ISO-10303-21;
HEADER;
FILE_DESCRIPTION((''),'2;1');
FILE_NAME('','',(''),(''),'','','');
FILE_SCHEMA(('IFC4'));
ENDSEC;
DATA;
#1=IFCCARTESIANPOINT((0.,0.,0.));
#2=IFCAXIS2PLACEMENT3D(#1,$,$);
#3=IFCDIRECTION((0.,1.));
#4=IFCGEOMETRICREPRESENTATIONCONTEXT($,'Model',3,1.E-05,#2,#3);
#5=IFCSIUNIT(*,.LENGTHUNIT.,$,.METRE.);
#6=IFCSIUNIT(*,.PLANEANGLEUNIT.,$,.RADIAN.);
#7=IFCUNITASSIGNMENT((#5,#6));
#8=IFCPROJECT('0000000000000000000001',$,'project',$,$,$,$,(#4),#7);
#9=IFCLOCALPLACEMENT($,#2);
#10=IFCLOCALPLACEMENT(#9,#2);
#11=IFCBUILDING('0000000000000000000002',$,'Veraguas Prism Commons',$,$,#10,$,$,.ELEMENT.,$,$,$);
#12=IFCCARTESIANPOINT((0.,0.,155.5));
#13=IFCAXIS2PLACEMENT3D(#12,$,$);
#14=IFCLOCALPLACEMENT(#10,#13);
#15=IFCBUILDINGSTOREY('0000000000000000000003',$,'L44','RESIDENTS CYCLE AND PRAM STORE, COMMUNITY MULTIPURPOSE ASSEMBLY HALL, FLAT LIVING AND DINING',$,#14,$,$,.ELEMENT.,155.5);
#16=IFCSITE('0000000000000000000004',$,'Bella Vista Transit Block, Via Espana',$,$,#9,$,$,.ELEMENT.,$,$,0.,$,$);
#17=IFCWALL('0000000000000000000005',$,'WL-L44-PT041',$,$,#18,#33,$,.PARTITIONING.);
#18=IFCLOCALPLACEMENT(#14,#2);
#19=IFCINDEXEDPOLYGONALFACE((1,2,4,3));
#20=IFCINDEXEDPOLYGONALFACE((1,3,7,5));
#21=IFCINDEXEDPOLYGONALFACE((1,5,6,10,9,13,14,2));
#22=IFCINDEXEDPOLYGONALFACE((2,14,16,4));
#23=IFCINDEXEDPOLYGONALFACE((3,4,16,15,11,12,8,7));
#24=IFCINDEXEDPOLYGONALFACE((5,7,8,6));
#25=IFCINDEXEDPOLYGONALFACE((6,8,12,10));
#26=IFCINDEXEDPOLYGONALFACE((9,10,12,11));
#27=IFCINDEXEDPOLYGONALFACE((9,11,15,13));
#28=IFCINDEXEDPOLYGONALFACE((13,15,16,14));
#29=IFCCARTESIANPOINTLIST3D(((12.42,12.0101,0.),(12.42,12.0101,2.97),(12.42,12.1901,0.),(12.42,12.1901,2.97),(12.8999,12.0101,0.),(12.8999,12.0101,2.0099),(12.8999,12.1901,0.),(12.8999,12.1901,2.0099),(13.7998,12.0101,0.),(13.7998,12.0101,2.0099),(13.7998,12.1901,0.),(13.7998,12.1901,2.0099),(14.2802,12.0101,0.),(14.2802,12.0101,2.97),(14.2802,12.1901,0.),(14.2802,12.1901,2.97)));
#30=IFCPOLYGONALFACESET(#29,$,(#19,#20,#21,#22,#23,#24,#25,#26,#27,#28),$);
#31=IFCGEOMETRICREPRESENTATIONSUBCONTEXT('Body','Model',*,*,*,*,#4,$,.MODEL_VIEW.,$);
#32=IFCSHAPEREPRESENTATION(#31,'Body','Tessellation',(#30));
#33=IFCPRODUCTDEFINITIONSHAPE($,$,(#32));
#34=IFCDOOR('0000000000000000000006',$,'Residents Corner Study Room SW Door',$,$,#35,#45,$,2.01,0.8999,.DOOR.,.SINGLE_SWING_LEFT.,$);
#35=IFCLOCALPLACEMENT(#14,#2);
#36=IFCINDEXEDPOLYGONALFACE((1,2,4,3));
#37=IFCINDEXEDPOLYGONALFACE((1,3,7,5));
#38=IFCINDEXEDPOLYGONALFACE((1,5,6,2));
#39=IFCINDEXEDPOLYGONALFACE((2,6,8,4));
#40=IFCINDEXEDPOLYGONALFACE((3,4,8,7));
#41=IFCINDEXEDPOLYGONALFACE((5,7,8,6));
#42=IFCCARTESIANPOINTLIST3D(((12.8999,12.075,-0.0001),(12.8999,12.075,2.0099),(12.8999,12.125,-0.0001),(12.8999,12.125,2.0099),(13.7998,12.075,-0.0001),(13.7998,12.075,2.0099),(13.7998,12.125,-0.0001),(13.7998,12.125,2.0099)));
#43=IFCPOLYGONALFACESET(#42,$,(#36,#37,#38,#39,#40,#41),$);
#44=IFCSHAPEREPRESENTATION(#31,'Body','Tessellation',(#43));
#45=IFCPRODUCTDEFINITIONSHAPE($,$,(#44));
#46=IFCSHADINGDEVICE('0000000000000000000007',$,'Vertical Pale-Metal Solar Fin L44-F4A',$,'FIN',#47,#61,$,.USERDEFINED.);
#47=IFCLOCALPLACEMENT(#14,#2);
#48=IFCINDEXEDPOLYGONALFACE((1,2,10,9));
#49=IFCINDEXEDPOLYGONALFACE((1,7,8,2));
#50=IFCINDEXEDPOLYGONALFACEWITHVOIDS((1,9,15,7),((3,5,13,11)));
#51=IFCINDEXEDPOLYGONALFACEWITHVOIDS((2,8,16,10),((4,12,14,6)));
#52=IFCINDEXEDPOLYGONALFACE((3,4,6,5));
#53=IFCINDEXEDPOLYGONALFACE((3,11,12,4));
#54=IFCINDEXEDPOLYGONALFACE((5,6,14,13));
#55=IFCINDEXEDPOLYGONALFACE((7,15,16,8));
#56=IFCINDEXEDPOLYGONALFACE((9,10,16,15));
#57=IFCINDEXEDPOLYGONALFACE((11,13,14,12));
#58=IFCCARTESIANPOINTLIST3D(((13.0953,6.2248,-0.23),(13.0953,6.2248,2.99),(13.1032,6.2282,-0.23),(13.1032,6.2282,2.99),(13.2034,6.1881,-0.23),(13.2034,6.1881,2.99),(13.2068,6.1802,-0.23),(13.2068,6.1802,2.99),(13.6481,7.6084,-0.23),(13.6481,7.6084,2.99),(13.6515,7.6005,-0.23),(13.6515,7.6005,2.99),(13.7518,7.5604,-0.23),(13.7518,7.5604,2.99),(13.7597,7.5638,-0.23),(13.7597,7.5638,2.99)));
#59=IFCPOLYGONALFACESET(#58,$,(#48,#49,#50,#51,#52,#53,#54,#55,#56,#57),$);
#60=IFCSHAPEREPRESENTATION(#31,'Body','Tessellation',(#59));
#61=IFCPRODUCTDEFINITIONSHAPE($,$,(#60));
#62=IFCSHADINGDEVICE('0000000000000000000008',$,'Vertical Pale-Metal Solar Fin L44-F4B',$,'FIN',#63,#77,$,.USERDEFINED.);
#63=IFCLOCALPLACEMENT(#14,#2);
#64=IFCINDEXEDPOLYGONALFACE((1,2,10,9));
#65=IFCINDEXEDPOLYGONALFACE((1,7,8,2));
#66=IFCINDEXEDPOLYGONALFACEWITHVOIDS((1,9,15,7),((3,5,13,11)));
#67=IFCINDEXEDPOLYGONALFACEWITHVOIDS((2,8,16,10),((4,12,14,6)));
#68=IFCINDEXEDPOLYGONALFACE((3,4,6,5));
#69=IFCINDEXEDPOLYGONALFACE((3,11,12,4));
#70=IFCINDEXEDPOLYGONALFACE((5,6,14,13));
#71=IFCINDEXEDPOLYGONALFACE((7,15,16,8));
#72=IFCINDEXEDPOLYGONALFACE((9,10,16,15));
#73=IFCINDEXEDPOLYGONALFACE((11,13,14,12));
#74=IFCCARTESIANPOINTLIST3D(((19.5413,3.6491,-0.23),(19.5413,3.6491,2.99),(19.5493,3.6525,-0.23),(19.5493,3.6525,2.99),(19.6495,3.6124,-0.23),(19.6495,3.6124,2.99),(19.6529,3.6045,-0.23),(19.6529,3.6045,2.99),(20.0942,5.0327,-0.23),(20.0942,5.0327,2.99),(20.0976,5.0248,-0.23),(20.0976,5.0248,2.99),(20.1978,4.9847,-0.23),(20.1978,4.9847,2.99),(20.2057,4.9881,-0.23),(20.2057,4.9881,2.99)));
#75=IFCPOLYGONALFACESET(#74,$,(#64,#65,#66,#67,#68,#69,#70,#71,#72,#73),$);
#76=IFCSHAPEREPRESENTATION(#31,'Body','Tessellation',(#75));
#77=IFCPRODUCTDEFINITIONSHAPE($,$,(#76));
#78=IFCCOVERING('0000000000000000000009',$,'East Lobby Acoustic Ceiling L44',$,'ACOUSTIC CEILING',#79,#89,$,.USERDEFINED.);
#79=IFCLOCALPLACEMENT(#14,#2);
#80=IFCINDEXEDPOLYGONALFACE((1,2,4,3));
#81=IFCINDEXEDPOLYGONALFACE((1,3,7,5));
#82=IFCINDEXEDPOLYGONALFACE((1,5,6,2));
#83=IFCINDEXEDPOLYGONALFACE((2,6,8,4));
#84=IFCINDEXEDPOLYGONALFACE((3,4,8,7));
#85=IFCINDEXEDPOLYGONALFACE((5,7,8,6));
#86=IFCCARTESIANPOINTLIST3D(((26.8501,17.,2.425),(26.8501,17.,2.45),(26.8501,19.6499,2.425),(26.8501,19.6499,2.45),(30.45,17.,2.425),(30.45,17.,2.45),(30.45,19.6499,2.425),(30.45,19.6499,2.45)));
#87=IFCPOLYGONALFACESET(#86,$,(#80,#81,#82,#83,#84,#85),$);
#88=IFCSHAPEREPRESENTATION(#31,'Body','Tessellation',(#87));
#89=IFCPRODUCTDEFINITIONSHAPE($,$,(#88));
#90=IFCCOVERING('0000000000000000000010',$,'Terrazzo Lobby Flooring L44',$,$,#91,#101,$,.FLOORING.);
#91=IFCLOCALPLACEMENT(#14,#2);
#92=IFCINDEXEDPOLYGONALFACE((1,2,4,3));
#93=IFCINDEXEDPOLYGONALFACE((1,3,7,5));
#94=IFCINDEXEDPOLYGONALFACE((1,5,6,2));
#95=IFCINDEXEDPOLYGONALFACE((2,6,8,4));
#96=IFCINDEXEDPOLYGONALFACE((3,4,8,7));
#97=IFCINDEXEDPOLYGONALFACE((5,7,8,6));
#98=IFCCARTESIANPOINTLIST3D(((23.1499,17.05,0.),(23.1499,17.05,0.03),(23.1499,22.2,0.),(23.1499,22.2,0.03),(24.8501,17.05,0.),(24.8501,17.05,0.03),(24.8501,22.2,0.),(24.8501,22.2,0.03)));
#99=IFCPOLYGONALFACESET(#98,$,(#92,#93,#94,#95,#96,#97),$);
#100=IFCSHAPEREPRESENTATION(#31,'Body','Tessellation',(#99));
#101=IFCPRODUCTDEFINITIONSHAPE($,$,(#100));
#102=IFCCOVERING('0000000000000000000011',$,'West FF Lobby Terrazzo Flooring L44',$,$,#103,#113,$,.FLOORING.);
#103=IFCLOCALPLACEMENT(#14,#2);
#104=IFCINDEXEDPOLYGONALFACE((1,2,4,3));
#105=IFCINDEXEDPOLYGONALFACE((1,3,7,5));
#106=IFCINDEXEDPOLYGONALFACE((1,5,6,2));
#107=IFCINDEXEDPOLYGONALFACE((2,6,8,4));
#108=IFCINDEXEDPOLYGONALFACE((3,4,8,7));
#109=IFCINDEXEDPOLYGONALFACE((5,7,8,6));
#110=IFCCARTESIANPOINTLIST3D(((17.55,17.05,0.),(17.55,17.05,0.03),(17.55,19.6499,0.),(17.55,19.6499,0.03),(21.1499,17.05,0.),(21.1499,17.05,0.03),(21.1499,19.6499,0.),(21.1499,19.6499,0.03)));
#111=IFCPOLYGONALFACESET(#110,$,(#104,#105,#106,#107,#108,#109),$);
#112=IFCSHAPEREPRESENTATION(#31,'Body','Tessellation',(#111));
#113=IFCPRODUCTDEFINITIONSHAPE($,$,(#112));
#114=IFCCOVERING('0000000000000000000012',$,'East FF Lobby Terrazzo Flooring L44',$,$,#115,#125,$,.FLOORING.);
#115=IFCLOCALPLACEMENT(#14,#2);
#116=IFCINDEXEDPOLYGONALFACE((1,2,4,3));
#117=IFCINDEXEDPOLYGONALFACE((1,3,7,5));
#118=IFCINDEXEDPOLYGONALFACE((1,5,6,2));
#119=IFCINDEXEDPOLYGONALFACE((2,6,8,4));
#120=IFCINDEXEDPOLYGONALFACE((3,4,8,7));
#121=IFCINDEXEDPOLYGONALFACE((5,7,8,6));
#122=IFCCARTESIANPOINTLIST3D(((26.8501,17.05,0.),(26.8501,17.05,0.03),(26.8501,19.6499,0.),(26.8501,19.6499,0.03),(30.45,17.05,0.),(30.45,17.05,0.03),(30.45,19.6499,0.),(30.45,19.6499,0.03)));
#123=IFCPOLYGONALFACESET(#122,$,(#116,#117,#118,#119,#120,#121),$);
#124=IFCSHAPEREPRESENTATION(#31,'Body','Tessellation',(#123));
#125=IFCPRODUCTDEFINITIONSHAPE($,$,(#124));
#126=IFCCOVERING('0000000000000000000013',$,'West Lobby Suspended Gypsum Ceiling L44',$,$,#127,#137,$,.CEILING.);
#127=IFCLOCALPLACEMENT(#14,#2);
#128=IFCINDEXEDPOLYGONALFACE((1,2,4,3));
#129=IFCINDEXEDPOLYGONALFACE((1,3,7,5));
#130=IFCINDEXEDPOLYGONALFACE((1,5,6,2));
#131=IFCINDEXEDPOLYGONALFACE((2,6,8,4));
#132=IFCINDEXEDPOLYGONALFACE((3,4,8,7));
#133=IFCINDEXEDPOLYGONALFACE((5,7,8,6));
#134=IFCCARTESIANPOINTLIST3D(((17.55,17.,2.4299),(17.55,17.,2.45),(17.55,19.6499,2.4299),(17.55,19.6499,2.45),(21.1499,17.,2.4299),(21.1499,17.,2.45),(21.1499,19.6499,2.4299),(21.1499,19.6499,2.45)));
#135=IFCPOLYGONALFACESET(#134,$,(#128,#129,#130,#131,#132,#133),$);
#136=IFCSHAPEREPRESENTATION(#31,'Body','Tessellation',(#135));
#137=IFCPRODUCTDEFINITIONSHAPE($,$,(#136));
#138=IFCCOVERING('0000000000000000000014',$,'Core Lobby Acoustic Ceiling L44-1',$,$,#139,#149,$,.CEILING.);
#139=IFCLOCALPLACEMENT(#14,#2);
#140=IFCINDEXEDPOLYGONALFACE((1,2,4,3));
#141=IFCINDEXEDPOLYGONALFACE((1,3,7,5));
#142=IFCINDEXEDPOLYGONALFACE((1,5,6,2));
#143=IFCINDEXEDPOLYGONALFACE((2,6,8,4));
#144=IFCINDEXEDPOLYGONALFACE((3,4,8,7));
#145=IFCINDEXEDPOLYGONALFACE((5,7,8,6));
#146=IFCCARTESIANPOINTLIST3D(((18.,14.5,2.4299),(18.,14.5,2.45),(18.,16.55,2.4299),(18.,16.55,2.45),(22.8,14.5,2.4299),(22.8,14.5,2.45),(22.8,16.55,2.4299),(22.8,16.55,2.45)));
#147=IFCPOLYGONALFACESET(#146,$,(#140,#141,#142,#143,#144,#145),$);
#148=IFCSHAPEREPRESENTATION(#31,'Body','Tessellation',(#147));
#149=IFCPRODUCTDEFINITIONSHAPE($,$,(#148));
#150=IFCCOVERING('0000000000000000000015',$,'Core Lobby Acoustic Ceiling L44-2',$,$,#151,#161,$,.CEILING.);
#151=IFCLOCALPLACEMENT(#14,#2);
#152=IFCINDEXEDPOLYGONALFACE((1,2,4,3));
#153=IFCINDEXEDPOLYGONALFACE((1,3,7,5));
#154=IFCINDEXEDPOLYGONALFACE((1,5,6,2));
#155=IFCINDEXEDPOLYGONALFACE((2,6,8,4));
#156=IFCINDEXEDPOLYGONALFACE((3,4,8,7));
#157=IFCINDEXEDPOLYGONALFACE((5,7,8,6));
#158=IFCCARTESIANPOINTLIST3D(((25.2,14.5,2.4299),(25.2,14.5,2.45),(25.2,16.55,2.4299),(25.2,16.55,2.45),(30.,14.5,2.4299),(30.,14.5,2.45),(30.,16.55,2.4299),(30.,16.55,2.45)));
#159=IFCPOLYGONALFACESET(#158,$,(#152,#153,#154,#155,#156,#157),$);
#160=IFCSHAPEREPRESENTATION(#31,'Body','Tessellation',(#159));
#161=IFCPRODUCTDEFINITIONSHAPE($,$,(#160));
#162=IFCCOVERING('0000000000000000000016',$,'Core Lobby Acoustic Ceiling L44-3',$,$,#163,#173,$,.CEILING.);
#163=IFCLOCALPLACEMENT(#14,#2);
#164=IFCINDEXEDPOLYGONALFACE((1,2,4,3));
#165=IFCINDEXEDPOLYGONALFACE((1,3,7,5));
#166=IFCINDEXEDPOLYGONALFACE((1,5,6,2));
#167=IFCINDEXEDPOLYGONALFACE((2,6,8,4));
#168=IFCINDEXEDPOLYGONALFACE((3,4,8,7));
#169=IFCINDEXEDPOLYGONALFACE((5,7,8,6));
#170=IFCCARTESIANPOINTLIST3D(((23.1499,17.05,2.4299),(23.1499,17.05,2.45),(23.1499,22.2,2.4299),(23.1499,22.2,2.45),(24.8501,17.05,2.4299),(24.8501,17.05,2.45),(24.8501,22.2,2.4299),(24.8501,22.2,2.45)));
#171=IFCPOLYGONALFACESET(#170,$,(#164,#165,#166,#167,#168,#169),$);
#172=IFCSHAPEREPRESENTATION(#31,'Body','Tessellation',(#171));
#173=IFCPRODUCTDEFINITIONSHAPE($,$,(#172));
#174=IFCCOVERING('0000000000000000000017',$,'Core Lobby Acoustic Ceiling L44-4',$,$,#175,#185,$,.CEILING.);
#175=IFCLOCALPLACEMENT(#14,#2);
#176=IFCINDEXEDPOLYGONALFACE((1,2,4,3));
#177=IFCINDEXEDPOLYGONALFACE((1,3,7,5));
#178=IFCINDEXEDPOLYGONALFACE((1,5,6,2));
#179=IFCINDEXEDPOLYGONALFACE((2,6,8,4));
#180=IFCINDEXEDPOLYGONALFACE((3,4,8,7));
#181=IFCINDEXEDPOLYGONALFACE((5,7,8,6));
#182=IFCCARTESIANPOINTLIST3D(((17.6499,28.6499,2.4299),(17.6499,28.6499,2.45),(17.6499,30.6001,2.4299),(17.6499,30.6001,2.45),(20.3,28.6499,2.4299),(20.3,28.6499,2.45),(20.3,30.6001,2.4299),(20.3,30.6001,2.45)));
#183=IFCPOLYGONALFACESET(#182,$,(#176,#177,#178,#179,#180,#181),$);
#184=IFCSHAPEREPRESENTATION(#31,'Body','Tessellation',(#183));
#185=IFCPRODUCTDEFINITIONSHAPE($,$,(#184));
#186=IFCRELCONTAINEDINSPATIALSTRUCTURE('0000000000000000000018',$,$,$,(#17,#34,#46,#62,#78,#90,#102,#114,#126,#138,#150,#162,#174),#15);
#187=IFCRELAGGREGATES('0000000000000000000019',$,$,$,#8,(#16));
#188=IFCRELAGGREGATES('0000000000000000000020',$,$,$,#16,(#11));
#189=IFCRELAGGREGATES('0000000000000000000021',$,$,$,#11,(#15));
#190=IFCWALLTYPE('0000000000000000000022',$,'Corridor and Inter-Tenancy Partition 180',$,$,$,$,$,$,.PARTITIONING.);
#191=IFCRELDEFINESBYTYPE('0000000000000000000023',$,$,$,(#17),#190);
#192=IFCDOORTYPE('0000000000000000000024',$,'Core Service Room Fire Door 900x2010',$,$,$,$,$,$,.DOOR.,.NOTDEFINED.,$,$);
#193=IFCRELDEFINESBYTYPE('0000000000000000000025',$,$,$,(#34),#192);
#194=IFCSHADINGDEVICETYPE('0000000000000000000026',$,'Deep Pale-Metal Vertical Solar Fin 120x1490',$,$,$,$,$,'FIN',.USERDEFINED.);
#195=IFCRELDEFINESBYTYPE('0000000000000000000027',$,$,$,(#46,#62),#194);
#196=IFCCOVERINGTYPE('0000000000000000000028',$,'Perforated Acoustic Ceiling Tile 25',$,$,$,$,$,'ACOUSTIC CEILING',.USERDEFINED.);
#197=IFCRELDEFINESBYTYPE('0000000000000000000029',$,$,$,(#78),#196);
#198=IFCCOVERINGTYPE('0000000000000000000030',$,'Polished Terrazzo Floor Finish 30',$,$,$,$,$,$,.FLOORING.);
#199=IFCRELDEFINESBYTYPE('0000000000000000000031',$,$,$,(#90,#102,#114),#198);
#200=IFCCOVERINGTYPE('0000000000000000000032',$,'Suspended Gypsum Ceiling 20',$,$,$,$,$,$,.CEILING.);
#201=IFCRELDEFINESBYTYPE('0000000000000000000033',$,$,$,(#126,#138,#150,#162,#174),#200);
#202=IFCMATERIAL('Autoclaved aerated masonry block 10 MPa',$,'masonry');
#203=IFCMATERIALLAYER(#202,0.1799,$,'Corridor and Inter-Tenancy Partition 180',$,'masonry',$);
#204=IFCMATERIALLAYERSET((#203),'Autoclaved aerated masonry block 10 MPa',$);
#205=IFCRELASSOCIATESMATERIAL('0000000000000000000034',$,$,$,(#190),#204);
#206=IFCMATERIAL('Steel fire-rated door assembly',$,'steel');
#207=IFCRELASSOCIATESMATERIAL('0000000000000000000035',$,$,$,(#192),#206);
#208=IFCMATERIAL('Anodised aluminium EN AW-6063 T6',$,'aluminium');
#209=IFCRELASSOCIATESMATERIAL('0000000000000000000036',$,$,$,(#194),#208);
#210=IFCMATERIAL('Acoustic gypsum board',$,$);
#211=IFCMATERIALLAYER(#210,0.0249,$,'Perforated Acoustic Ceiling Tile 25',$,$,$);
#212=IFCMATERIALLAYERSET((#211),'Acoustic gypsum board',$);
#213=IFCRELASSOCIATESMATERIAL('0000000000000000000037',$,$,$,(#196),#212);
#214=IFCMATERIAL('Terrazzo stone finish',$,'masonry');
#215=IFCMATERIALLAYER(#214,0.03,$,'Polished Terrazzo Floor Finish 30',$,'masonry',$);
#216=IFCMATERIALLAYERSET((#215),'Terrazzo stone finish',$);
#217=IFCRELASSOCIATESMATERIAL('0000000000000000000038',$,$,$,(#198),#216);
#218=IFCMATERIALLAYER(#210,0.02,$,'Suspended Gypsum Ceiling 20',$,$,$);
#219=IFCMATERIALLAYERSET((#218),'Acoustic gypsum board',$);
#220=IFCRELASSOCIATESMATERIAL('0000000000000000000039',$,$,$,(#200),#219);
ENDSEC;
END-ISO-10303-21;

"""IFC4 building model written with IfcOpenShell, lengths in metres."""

from ifc_helpers import new_model, si_unit, direction, frame, frame_2d, origin, origin_2d, place, context, subcontext, project, spatial, polyline, rectangle, hollow_rectangle, outline, extrude, source, transform, mapped, material, layer, layer_set, material_profile, profile_set, type_object, element, fill, save


model = new_model("IFC4")

# Units and contexts
model_context = context("Model", 3, precision=1e-05, world=origin(), true_north=direction((0.0, 1.0)))
body_context = subcontext(model_context, "Body", "Model", "MODEL_VIEW")
ifc_project = project(units=[si_unit("LENGTHUNIT", "METRE"), si_unit("PLANEANGLEUNIT", "RADIAN")], contexts=[model_context])

# Site, building, storey
site_placement = place(None, origin())
site = spatial("IfcSite", under=ifc_project, at=site_placement, Name="Bella Vista Transit Block, Via Espana", CompositionType="ELEMENT", RefElevation=0.0)
building_placement = place(site_placement, origin())
building = spatial("IfcBuilding", under=site, at=building_placement, Name="Veraguas Prism Commons", CompositionType="ELEMENT")
storey_placement = place(building_placement, frame((0.0, 0.0, 155.5)))
storey = spatial("IfcBuildingStorey", under=building, at=storey_placement, Name="L44", Description="RESIDENTS CYCLE AND PRAM STORE, COMMUNITY MULTIPURPOSE ASSEMBLY HALL, FLAT LIVING AND DINING", CompositionType="ELEMENT", Elevation=155.5)

# Shared definitions
ifc_material_1 = material(Name="Anodised aluminium EN AW-6063 T6", Category="aluminium")

# Shared definitions
ifc_material_2 = material(Name="Autoclaved aerated masonry block 10 MPa", Category="masonry")
ifc_layer_1 = layer(ifc_material_2, 0.1799, Name="Corridor and Inter-Tenancy Partition 180", Category="masonry")
ifc_layer_set_1 = layer_set([ifc_layer_1], Name="Autoclaved aerated masonry block 10 MPa")
wall_type = type_object("IfcWallType", Name="Corridor and Inter-Tenancy Partition 180", PredefinedType="PARTITIONING", material=ifc_layer_set_1)

# Wall, opening, door
wall_1_placement = place(storey_placement, frame((12.4199, 12.1001, 0.0), z_axis=(0.0, 0.0, 1.0), x_axis=(1.0, 0.0, 0.0)))
wall_1 = element("IfcWall", 1, at=wall_1_placement, inside=storey, type_object=wall_type, Name="WL-L44-PT041", PredefinedType="PARTITIONING", context=body_context, shape_type="SweptSolid", body=[
    extrude(rectangle(XDim=1.8601, YDim=0.1799, at=frame_2d((0.9302, 0.0))), origin(), (0.0, 0.0, 1.0), 2.97),
])
opening_placement = place(wall_1_placement, frame((0.48, 0.0, 0.0)))
opening = element("IfcOpeningElement", 2, at=opening_placement, cuts=wall_1, PredefinedType="OPENING", context=body_context, shape_type="SweptSolid", body=[
    extrude(rectangle(XDim=0.8999, YDim=2.01, at=frame_2d((0.45, 1.0049))), frame((0.0, 0.0999, 0.0), z_axis=(0.0, -1.0, 0.0), x_axis=(1.0, 0.0, 0.0)), (0.0, 0.0, 1.0), 0.2),
])
ifc_material_3 = material(Name="Steel fire-rated door assembly", Category="steel")
door_type = type_object("IfcDoorType", Name="Core Service Room Fire Door 900x2010", OperationType="NOTDEFINED", PredefinedType="DOOR", material=ifc_material_3)
shared_shape_1 = source(origin(), body_context, "Body", "SweptSolid", [
    extrude(rectangle(XDim=0.8999, YDim=2.01, at=frame_2d((0.45, 1.0049))), frame((0.0, 0.0249, 0.0), z_axis=(0.0, -1.0, 0.0), x_axis=(1.0, 0.0, 0.0)), (0.0, 0.0, 1.0), 0.05),
])
door_placement = place(opening_placement, origin())
door = element("IfcDoor", 3, at=door_placement, inside=storey, type_object=door_type, Name="Residents Corner Study Room SW Door", OperationType="SINGLE_SWING_LEFT", OverallHeight=2.01, OverallWidth=0.8999, PredefinedType="DOOR", context=body_context, shape_type="MappedRepresentation", body=[
    mapped(shared_shape_1, transform((0.0, 0.0, 0.0), scale=1.0)),
])
fill(opening, door)

# Shading devices
ifc_material_profile_1 = material_profile(ifc_material_1, hollow_rectangle(XDim=0.1201, YDim=1.49, WallThickness=0.0061, at=origin_2d()), Name="FIN120X1490X6")
ifc_profile_set_1 = profile_set([ifc_material_profile_1], Name="Anodised aluminium EN AW-6063 T6")
shading_device_type = type_object("IfcShadingDeviceType", Name="Deep Pale-Metal Vertical Solar Fin 120x1490", ElementType="FIN", PredefinedType="USERDEFINED", material=ifc_profile_set_1)
for number, where, z_axis, x_axis, name in (
    (4, (13.4275, 6.8943, -0.23), (0.0, 0.0, 1.0), (0.928615, -0.371044, 0.0), "Vertical Pale-Metal Solar Fin L44-F4A"),
    (5, (19.8735, 4.3186, -0.23), (0.0, 0.0, 1.0), (0.928615, -0.371044, 0.0), "Vertical Pale-Metal Solar Fin L44-F4B"),
):
    element("IfcShadingDevice", number, at=place(storey_placement, frame(where, z_axis=z_axis, x_axis=x_axis)), inside=storey, type_object=shading_device_type, Name=name, ObjectType="FIN", PredefinedType="USERDEFINED", context=body_context, shape_type="SweptSolid", body=[
        extrude(hollow_rectangle(XDim=0.1201, YDim=1.49, WallThickness=0.0061, at=origin_2d()), origin(), (0.0, 0.0, 1.0), 3.22),
    ])

# Coverings
ifc_material_4 = material(Name="Acoustic gypsum board")
ifc_layer_2 = layer(ifc_material_4, 0.0249, Name="Perforated Acoustic Ceiling Tile 25")
ifc_layer_set_2 = layer_set([ifc_layer_2], Name="Acoustic gypsum board")
covering_type_1 = type_object("IfcCoveringType", Name="Perforated Acoustic Ceiling Tile 25", ElementType="ACOUSTIC CEILING", PredefinedType="USERDEFINED", material=ifc_layer_set_2)
covering_1_placement = place(storey_placement, frame((0.0, 0.0, 2.425)))
element("IfcCovering", 6, at=covering_1_placement, inside=storey, type_object=covering_type_1, Name="East Lobby Acoustic Ceiling L44", ObjectType="ACOUSTIC CEILING", PredefinedType="USERDEFINED", context=body_context, shape_type="SweptSolid", body=[
    extrude(outline(polyline([(26.8501, 17.0), (30.45, 17.0), (30.45, 19.6499), (26.8501, 19.6499), (26.8501, 17.0)])), origin(), (0.0, 0.0, 1.0), 0.0249),
])
ifc_material_5 = material(Name="Terrazzo stone finish", Category="masonry")
ifc_layer_3 = layer(ifc_material_5, 0.03, Name="Polished Terrazzo Floor Finish 30", Category="masonry")
ifc_layer_set_3 = layer_set([ifc_layer_3], Name="Terrazzo stone finish")
covering_type_2 = type_object("IfcCoveringType", Name="Polished Terrazzo Floor Finish 30", PredefinedType="FLOORING", material=ifc_layer_set_3)
covering_2_placement = place(storey_placement, origin())
element("IfcCovering", 7, at=covering_2_placement, inside=storey, type_object=covering_type_2, Name="Terrazzo Lobby Flooring L44", PredefinedType="FLOORING", context=body_context, shape_type="SweptSolid", body=[
    extrude(outline(polyline([(23.1499, 17.05), (24.8501, 17.05), (24.8501, 22.2), (23.1499, 22.2), (23.1499, 17.05)])), origin(), (0.0, 0.0, 1.0), 0.03),
])
covering_3_placement = place(storey_placement, origin())
element("IfcCovering", 8, at=covering_3_placement, inside=storey, type_object=covering_type_2, Name="West FF Lobby Terrazzo Flooring L44", PredefinedType="FLOORING", context=body_context, shape_type="SweptSolid", body=[
    extrude(outline(polyline([(17.55, 17.05), (21.1499, 17.05), (21.1499, 19.6499), (17.55, 19.6499), (17.55, 17.05)])), origin(), (0.0, 0.0, 1.0), 0.03),
])
covering_4_placement = place(storey_placement, origin())
element("IfcCovering", 9, at=covering_4_placement, inside=storey, type_object=covering_type_2, Name="East FF Lobby Terrazzo Flooring L44", PredefinedType="FLOORING", context=body_context, shape_type="SweptSolid", body=[
    extrude(outline(polyline([(26.8501, 17.05), (30.45, 17.05), (30.45, 19.6499), (26.8501, 19.6499), (26.8501, 17.05)])), origin(), (0.0, 0.0, 1.0), 0.03),
])
ifc_layer_4 = layer(ifc_material_4, 0.02, Name="Suspended Gypsum Ceiling 20")
ifc_layer_set_4 = layer_set([ifc_layer_4], Name="Acoustic gypsum board")
covering_type_3 = type_object("IfcCoveringType", Name="Suspended Gypsum Ceiling 20", PredefinedType="CEILING", material=ifc_layer_set_4)
covering_5_placement = place(storey_placement, frame((0.0, 0.0, 2.4299)))
element("IfcCovering", 10, at=covering_5_placement, inside=storey, type_object=covering_type_3, Name="West Lobby Suspended Gypsum Ceiling L44", PredefinedType="CEILING", context=body_context, shape_type="SweptSolid", body=[
    extrude(outline(polyline([(17.55, 17.0), (21.1499, 17.0), (21.1499, 19.6499), (17.55, 19.6499), (17.55, 17.0)])), origin(), (0.0, 0.0, 1.0), 0.02),
])
covering_6_placement = place(storey_placement, frame((0.0, 0.0, 2.4299)))
element("IfcCovering", 11, at=covering_6_placement, inside=storey, type_object=covering_type_3, Name="Core Lobby Acoustic Ceiling L44-1", PredefinedType="CEILING", context=body_context, shape_type="SweptSolid", body=[
    extrude(outline(polyline([(18.0, 14.5), (22.8, 14.5), (22.8, 16.55), (18.0, 16.55), (18.0, 14.5)])), origin(), (0.0, 0.0, 1.0), 0.02),
])
covering_7_placement = place(storey_placement, frame((0.0, 0.0, 2.4299)))
element("IfcCovering", 12, at=covering_7_placement, inside=storey, type_object=covering_type_3, Name="Core Lobby Acoustic Ceiling L44-2", PredefinedType="CEILING", context=body_context, shape_type="SweptSolid", body=[
    extrude(outline(polyline([(25.2, 14.5), (30.0, 14.5), (30.0, 16.55), (25.2, 16.55), (25.2, 14.5)])), origin(), (0.0, 0.0, 1.0), 0.02),
])
covering_8_placement = place(storey_placement, frame((0.0, 0.0, 2.4299)))
element("IfcCovering", 13, at=covering_8_placement, inside=storey, type_object=covering_type_3, Name="Core Lobby Acoustic Ceiling L44-3", PredefinedType="CEILING", context=body_context, shape_type="SweptSolid", body=[
    extrude(outline(polyline([(23.1499, 17.05), (24.8501, 17.05), (24.8501, 22.2), (23.1499, 22.2), (23.1499, 17.05)])), origin(), (0.0, 0.0, 1.0), 0.02),
])
covering_9_placement = place(storey_placement, frame((0.0, 0.0, 2.4299)))
element("IfcCovering", 14, at=covering_9_placement, inside=storey, type_object=covering_type_3, Name="Core Lobby Acoustic Ceiling L44-4", PredefinedType="CEILING", context=body_context, shape_type="SweptSolid", body=[
    extrude(outline(polyline([(17.6499, 28.6499), (20.3, 28.6499), (20.3, 30.6001), (17.6499, 30.6001), (17.6499, 28.6499)])), origin(), (0.0, 0.0, 1.0), 0.02),
])

save(model, "model.ifc")
